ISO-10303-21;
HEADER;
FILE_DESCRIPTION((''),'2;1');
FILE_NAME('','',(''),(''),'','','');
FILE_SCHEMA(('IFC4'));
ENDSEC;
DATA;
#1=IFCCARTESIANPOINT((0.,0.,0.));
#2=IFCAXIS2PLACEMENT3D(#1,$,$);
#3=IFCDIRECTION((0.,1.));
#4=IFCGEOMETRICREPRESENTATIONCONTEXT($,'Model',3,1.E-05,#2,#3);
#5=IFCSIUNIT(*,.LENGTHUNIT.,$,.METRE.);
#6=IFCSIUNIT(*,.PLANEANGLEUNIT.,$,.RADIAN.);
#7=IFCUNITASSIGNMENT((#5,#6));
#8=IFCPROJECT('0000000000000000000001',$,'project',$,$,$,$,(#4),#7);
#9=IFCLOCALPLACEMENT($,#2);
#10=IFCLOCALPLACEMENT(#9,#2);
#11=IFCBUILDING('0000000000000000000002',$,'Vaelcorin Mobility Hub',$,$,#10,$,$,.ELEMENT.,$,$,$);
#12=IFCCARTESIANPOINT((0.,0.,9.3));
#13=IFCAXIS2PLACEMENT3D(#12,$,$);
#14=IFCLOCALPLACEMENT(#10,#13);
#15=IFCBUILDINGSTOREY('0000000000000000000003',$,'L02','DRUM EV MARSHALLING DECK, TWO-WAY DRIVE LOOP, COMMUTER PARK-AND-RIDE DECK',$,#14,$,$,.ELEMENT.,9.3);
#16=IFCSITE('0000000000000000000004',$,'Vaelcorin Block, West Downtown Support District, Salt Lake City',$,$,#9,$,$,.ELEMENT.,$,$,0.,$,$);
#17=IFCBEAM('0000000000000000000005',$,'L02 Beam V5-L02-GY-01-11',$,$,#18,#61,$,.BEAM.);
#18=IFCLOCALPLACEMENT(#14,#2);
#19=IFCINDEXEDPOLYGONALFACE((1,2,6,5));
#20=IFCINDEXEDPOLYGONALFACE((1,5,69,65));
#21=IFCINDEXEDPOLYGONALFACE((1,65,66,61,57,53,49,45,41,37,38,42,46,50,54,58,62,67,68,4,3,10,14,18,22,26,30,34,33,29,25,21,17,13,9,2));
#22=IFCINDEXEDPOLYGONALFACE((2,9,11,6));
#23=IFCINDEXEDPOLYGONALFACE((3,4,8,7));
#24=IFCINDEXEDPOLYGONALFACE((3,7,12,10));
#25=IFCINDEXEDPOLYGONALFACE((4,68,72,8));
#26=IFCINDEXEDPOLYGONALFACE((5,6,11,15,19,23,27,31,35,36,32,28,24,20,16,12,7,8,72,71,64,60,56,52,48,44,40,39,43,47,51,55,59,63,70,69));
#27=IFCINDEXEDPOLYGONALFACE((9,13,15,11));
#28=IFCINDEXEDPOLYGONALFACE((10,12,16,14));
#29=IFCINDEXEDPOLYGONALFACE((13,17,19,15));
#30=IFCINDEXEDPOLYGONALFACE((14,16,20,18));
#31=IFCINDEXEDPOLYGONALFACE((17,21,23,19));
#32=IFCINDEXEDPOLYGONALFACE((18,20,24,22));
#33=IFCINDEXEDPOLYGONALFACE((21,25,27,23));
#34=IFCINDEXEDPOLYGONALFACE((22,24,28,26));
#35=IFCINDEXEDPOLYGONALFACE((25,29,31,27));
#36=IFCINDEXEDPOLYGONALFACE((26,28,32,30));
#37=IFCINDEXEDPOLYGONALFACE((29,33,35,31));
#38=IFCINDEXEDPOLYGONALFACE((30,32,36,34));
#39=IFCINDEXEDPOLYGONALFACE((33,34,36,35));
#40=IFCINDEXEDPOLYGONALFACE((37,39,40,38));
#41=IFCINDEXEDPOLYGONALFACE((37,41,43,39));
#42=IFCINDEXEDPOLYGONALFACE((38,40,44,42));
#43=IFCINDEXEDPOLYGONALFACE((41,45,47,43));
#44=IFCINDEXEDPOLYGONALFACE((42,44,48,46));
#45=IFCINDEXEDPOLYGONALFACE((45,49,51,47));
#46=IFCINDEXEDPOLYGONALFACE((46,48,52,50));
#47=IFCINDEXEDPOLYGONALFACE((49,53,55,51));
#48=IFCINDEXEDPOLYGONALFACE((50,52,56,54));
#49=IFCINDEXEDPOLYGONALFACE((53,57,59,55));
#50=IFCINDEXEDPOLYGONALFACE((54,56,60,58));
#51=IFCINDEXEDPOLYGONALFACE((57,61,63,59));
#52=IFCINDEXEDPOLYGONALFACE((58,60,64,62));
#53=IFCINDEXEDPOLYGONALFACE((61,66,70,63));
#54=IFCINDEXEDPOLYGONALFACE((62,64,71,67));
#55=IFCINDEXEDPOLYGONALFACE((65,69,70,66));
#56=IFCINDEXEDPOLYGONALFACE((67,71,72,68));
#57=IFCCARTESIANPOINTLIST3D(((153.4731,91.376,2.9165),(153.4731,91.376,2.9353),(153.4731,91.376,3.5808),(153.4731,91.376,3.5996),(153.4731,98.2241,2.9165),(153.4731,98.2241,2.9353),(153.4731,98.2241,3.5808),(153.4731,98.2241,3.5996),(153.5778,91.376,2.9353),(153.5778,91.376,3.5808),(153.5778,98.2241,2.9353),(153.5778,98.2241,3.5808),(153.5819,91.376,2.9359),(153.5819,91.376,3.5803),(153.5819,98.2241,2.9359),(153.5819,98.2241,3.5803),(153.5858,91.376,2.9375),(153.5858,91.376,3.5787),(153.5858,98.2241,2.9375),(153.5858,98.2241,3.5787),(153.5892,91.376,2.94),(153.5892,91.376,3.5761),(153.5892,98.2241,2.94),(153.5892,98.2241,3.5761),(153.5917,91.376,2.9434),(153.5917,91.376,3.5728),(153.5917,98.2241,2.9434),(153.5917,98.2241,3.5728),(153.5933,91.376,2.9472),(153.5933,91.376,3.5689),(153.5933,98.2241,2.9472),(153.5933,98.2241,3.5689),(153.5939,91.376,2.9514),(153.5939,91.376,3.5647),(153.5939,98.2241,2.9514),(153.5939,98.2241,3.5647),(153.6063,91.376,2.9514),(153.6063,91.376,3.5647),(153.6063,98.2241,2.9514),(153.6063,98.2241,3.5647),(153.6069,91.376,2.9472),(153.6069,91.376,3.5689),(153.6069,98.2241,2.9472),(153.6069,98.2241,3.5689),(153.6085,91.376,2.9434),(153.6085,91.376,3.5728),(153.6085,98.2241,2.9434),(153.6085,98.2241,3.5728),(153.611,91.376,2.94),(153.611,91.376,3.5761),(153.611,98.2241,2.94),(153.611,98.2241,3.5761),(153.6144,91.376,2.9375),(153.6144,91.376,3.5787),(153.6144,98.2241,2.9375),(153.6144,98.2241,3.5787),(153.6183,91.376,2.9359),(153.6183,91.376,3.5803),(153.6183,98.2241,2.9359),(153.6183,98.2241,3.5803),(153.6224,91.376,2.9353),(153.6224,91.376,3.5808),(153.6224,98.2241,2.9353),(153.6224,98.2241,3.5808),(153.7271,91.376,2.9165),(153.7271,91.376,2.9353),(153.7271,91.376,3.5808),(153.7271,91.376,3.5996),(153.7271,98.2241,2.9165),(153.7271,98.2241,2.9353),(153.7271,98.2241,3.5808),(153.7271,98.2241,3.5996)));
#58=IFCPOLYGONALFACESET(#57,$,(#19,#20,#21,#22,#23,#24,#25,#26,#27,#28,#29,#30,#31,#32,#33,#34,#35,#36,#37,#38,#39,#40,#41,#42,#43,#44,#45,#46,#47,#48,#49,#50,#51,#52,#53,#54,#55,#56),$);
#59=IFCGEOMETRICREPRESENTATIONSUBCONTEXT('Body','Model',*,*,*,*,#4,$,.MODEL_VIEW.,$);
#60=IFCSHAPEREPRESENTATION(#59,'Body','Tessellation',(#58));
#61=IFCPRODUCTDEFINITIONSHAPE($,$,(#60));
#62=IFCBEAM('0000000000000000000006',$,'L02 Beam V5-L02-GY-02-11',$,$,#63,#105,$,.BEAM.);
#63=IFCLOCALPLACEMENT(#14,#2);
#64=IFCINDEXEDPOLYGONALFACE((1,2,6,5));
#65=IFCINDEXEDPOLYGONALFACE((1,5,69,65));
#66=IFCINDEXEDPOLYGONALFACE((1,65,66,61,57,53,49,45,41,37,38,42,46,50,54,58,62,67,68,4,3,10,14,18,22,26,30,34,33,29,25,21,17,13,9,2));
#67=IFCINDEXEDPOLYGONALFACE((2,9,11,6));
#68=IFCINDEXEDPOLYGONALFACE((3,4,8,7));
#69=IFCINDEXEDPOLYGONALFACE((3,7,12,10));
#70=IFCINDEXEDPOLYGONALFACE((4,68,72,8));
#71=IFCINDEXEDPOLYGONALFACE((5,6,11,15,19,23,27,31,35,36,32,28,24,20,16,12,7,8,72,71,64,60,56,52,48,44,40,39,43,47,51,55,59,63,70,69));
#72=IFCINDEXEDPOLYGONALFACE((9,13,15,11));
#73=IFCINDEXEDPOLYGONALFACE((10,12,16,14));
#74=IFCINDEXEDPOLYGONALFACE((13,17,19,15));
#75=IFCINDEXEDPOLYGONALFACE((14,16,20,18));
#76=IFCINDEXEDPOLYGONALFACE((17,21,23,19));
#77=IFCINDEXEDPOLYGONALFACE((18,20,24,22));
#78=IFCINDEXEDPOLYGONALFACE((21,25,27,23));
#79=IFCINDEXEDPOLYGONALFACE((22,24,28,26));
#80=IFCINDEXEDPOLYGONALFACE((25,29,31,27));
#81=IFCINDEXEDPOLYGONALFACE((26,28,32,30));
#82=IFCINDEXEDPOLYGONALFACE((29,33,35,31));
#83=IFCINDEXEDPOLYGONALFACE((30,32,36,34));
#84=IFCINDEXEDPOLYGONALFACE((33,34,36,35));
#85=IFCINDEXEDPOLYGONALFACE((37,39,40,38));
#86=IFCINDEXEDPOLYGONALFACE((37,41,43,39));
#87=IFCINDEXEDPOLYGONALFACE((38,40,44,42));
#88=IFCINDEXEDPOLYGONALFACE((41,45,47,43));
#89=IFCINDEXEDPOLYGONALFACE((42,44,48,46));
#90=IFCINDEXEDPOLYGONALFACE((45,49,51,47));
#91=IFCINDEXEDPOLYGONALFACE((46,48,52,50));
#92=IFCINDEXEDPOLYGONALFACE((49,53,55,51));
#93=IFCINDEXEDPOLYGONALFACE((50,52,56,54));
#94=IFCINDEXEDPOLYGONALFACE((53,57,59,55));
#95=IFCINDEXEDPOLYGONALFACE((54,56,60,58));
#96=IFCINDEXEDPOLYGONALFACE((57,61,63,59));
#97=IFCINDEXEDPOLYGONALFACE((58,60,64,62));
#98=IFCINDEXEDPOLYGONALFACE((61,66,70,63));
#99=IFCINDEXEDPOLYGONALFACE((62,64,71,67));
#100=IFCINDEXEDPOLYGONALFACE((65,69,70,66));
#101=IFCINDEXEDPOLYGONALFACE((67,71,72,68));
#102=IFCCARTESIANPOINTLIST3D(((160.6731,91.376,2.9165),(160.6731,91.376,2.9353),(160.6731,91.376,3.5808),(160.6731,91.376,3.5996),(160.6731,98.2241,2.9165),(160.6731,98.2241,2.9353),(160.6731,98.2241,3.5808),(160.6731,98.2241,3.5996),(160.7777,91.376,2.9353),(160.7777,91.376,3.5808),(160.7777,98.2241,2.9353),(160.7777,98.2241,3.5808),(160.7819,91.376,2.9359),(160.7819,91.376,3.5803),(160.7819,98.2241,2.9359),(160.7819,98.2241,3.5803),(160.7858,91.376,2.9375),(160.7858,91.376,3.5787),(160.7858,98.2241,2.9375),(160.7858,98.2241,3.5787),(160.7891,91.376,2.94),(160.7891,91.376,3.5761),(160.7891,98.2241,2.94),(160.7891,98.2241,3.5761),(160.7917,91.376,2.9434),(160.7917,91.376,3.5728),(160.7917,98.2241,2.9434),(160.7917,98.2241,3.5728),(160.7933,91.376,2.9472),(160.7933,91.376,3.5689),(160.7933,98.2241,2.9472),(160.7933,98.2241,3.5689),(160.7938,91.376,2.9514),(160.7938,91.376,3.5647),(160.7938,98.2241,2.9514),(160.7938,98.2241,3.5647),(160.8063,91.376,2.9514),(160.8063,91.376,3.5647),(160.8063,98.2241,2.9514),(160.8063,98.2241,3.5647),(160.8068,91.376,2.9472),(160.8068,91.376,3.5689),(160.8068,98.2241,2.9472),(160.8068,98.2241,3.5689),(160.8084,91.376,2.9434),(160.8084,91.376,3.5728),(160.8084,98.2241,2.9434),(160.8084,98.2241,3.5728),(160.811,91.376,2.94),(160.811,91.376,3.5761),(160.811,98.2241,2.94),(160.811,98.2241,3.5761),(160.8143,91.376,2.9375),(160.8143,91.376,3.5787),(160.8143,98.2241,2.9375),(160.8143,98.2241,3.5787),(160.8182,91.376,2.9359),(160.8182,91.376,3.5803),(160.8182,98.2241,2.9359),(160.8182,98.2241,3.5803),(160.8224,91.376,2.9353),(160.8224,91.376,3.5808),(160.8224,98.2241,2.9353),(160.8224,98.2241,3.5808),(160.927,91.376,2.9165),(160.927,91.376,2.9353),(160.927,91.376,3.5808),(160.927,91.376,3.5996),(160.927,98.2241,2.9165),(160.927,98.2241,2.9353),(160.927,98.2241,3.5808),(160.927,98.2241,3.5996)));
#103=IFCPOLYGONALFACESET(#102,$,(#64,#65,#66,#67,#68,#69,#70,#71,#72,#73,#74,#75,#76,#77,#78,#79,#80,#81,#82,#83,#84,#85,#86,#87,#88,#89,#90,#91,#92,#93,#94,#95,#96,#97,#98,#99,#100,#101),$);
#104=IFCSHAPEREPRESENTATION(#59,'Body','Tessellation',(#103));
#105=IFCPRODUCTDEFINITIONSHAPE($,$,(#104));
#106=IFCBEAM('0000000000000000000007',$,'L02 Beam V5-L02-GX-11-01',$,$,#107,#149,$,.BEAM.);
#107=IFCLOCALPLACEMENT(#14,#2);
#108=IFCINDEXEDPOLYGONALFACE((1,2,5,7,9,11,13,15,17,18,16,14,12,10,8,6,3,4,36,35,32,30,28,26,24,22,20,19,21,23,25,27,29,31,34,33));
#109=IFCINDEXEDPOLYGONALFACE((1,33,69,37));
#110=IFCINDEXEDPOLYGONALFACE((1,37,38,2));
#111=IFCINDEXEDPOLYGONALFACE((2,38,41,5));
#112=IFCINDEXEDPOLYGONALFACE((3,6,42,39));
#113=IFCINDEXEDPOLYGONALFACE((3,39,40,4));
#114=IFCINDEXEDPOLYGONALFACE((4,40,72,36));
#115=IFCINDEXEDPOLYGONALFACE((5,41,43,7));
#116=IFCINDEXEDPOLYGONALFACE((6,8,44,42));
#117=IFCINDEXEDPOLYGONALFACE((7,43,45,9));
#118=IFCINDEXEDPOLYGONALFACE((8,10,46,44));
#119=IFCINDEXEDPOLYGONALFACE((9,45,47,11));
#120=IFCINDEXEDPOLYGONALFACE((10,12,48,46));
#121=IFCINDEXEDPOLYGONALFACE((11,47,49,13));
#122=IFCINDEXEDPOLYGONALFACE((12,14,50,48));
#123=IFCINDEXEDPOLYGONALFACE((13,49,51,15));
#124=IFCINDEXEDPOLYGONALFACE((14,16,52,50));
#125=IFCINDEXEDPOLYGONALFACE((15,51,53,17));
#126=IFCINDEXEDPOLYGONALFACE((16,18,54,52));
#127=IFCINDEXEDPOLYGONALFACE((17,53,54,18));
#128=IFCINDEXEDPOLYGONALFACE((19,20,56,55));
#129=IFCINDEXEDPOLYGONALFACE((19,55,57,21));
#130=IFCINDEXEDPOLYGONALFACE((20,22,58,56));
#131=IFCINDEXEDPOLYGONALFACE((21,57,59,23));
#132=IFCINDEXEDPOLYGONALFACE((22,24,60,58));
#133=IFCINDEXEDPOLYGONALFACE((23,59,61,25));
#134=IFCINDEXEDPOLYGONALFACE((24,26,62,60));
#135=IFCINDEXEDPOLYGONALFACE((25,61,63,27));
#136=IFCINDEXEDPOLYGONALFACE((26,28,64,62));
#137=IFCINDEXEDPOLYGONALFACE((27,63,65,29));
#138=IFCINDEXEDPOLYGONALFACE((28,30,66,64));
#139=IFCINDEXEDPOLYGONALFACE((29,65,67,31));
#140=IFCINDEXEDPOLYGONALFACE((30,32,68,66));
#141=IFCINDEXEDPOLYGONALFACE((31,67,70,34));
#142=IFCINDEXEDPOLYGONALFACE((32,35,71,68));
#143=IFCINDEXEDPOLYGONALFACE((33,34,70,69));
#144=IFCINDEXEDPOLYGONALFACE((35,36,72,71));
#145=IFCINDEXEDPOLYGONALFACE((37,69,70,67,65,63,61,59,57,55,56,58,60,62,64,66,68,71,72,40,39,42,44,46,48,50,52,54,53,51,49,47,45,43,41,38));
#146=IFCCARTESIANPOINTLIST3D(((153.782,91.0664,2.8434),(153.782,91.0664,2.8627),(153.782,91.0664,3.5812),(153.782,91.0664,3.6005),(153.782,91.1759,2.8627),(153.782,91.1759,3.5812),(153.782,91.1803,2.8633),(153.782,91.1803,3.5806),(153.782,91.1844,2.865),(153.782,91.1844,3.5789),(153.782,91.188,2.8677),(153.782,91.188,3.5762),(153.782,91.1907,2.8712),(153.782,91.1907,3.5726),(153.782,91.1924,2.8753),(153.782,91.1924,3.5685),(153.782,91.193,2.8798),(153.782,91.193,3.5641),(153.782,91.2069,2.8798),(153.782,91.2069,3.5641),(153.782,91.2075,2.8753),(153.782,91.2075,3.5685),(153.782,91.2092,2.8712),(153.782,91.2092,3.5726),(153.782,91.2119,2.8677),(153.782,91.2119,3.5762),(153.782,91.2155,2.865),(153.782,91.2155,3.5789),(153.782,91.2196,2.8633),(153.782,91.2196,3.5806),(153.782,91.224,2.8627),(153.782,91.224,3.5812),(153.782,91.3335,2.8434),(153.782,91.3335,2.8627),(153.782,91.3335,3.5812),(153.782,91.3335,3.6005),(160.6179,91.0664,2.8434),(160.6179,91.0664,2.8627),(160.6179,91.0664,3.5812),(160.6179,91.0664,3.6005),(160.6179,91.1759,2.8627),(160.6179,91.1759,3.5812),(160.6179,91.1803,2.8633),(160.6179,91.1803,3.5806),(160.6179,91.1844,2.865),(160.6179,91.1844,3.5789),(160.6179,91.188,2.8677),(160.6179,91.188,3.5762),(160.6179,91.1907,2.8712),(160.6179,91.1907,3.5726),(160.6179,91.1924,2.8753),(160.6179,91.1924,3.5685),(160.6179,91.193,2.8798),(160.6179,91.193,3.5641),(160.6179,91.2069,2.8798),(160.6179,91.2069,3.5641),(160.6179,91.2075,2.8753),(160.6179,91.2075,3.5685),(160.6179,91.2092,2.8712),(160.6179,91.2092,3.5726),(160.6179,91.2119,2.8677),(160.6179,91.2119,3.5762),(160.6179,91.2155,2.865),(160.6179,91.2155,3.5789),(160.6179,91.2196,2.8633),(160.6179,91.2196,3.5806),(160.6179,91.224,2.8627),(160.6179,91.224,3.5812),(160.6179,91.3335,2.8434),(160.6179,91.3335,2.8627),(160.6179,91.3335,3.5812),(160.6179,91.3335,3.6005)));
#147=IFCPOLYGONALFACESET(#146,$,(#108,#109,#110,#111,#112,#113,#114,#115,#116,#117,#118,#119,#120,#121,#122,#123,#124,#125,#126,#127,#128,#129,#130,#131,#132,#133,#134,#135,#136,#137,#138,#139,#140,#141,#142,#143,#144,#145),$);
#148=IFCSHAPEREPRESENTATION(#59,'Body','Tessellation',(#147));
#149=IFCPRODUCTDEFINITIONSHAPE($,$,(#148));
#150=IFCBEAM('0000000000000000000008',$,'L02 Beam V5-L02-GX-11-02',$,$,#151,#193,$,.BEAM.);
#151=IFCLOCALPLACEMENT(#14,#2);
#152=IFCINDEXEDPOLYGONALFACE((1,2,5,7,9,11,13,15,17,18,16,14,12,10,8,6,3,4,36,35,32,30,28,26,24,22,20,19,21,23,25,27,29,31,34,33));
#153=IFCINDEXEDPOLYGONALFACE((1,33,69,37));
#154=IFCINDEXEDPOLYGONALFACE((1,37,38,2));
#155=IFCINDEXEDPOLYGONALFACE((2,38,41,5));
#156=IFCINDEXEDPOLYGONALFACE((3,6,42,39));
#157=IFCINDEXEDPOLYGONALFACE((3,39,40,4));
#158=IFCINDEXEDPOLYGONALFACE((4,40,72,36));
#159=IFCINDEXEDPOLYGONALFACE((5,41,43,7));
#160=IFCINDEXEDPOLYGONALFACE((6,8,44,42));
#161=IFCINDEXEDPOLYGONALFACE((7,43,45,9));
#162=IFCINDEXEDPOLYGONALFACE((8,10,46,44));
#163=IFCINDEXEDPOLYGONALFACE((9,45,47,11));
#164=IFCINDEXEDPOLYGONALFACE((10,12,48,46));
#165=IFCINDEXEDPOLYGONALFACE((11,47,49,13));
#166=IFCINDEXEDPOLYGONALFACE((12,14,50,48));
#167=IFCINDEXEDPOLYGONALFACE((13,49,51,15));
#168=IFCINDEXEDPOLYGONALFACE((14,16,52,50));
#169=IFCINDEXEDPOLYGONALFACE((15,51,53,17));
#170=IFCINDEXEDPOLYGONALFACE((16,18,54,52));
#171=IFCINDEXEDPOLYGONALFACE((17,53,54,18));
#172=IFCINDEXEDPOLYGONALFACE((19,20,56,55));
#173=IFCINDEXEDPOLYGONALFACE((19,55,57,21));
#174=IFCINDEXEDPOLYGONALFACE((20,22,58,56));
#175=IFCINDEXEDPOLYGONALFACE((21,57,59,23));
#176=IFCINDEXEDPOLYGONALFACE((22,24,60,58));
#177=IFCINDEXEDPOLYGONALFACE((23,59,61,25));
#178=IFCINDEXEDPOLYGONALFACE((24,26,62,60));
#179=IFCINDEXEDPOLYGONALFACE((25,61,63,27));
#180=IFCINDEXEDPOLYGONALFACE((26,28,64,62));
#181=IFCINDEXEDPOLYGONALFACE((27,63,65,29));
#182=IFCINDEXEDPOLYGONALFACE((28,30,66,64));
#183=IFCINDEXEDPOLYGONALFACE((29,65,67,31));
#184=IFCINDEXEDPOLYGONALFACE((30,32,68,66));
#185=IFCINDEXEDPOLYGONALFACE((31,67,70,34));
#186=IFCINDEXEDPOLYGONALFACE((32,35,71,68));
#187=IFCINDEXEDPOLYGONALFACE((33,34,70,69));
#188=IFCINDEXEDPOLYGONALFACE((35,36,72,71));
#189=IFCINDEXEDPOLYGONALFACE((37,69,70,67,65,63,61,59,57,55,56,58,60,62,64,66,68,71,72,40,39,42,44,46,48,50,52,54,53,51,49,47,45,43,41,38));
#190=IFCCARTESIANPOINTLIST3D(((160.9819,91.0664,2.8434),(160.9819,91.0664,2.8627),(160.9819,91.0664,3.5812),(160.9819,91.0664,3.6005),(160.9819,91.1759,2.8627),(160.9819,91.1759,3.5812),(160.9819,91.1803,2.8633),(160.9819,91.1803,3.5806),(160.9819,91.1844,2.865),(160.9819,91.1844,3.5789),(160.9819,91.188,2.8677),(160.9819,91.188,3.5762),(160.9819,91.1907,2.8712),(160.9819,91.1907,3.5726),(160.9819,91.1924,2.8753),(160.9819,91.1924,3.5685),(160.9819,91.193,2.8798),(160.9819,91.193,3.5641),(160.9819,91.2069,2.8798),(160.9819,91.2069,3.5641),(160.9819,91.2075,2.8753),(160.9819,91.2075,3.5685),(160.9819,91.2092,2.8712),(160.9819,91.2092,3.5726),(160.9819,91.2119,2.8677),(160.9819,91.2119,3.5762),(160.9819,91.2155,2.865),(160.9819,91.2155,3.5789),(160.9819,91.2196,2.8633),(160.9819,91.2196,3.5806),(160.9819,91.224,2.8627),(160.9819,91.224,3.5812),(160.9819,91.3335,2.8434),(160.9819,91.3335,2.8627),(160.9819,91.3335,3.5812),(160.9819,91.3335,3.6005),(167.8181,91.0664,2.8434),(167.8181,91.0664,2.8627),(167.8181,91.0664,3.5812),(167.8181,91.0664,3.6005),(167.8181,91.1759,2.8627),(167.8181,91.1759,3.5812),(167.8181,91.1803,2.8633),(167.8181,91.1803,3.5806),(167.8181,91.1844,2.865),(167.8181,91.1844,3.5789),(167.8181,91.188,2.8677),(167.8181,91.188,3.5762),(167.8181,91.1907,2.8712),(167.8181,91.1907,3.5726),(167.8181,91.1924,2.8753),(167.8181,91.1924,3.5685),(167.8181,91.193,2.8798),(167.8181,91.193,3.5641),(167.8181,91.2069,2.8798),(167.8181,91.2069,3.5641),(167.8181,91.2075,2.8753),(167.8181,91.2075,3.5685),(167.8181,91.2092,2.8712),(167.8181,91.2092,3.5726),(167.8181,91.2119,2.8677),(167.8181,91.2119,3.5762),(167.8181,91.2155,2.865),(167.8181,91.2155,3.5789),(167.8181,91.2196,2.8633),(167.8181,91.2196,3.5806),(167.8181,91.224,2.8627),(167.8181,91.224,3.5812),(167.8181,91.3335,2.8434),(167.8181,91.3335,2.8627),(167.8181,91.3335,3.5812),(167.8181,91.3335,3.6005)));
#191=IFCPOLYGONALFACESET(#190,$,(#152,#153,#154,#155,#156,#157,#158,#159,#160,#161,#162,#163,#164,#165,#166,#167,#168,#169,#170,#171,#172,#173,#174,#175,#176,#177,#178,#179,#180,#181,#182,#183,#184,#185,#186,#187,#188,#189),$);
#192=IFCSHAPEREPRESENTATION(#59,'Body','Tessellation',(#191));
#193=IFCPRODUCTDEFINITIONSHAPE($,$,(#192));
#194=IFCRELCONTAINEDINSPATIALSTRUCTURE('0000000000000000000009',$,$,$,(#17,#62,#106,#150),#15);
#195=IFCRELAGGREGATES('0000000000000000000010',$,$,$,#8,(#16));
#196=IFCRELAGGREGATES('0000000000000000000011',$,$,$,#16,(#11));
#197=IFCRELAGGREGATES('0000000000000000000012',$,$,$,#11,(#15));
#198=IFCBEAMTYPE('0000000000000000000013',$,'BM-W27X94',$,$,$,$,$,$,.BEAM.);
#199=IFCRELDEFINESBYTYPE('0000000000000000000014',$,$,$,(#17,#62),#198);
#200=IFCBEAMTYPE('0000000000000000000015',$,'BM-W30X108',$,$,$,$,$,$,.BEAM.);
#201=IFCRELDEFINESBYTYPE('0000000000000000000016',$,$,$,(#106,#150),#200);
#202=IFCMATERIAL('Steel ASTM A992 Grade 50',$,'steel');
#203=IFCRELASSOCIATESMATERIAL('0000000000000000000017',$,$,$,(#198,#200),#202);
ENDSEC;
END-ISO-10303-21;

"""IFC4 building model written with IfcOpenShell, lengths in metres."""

from ifc_helpers import new_model, si_unit, direction, frame, origin, origin_2d, place, context, subcontext, project, spatial, i_section, extrude, material, material_profile, profile_set, type_object, element, save


model = new_model("IFC4")

# Units and contexts
model_context = context("Model", 3, precision=1e-05, world=origin(), true_north=direction((0.0, 1.0)))
body_context = subcontext(model_context, "Body", "Model", "MODEL_VIEW")
ifc_project = project(units=[si_unit("LENGTHUNIT", "METRE"), si_unit("PLANEANGLEUNIT", "RADIAN")], contexts=[model_context])

# Site, building, storey
site_placement = place(None, origin())
site = spatial("IfcSite", under=ifc_project, at=site_placement, Name="Vaelcorin Block, West Downtown Support District, Salt Lake City", CompositionType="ELEMENT", RefElevation=0.0)
building_placement = place(site_placement, origin())
building = spatial("IfcBuilding", under=site, at=building_placement, Name="Vaelcorin Mobility Hub", CompositionType="ELEMENT")
storey_placement = place(building_placement, frame((0.0, 0.0, 9.3)))
storey = spatial("IfcBuildingStorey", under=building, at=storey_placement, Name="L02", Description="DRUM EV MARSHALLING DECK, TWO-WAY DRIVE LOOP, COMMUTER PARK-AND-RIDE DECK", CompositionType="ELEMENT", Elevation=9.3)

# Shared definitions
ifc_material_1 = material(Name="Steel ASTM A992 Grade 50", Category="steel")

# Beams
ifc_material_profile_1 = material_profile(ifc_material_1, i_section(OverallWidth=0.2539, OverallDepth=0.6831, WebThickness=0.0125, FlangeThickness=0.0188, FilletRadius=0.0161, at=origin_2d()), Name="W27X94")
ifc_profile_set_1 = profile_set([ifc_material_profile_1], Name="Steel ASTM A992 Grade 50")
beam_type_1 = type_object("IfcBeamType", Name="BM-W27X94", PredefinedType="BEAM", material=ifc_profile_set_1)
for number, where, z_axis, x_axis, name in (
    (1, (153.6001, 91.376, 3.2581), (0.0, 1.0, 0.0), (-1.0, 0.0, 0.0), "L02 Beam V5-L02-GY-01-11"),
    (2, (160.8, 91.376, 3.2581), (0.0, 1.0, 0.0), (-1.0, 0.0, 0.0), "L02 Beam V5-L02-GY-02-11"),
):
    element("IfcBeam", number, at=place(storey_placement, frame(where, z_axis=z_axis, x_axis=x_axis)), inside=storey, type_object=beam_type_1, Name=name, PredefinedType="BEAM", context=body_context, shape_type="SweptSolid", body=[
        extrude(i_section(OverallWidth=0.2539, OverallDepth=0.6831, WebThickness=0.0125, FlangeThickness=0.0188, FilletRadius=0.0161, at=origin_2d()), origin(), (0.0, 0.0, 1.0), 6.8481),
    ])
ifc_material_profile_2 = material_profile(ifc_material_1, i_section(OverallWidth=0.2671, OverallDepth=0.7571, WebThickness=0.0139, FlangeThickness=0.0193, FilletRadius=0.0171, at=origin_2d()), Name="W30X108")
ifc_profile_set_2 = profile_set([ifc_material_profile_2], Name="Steel ASTM A992 Grade 50")
beam_type_2 = type_object("IfcBeamType", Name="BM-W30X108", PredefinedType="BEAM", material=ifc_profile_set_2)
beam_1_placement = place(storey_placement, frame((153.782, 91.2, 3.2219), z_axis=(1.0, 0.0, 0.0), x_axis=(0.0, 1.0, 0.0)))
element("IfcBeam", 3, at=beam_1_placement, inside=storey, type_object=beam_type_2, Name="L02 Beam V5-L02-GX-11-01", PredefinedType="BEAM", context=body_context, shape_type="SweptSolid", body=[
    extrude(i_section(OverallWidth=0.2671, OverallDepth=0.7571, WebThickness=0.0139, FlangeThickness=0.0193, FilletRadius=0.0171, at=origin_2d()), origin(), (0.0, 0.0, 1.0), 6.8359),
])
beam_2_placement = place(storey_placement, frame((160.9819, 91.2, 3.2219), z_axis=(1.0, 0.0, 0.0), x_axis=(0.0, 1.0, 0.0)))
element("IfcBeam", 4, at=beam_2_placement, inside=storey, type_object=beam_type_2, Name="L02 Beam V5-L02-GX-11-02", PredefinedType="BEAM", context=body_context, shape_type="SweptSolid", body=[
    extrude(i_section(OverallWidth=0.2671, OverallDepth=0.7571, WebThickness=0.0139, FlangeThickness=0.0193, FilletRadius=0.0171, at=origin_2d()), origin(), (0.0, 0.0, 1.0), 6.8362),
])

save(model, "model.ifc")
